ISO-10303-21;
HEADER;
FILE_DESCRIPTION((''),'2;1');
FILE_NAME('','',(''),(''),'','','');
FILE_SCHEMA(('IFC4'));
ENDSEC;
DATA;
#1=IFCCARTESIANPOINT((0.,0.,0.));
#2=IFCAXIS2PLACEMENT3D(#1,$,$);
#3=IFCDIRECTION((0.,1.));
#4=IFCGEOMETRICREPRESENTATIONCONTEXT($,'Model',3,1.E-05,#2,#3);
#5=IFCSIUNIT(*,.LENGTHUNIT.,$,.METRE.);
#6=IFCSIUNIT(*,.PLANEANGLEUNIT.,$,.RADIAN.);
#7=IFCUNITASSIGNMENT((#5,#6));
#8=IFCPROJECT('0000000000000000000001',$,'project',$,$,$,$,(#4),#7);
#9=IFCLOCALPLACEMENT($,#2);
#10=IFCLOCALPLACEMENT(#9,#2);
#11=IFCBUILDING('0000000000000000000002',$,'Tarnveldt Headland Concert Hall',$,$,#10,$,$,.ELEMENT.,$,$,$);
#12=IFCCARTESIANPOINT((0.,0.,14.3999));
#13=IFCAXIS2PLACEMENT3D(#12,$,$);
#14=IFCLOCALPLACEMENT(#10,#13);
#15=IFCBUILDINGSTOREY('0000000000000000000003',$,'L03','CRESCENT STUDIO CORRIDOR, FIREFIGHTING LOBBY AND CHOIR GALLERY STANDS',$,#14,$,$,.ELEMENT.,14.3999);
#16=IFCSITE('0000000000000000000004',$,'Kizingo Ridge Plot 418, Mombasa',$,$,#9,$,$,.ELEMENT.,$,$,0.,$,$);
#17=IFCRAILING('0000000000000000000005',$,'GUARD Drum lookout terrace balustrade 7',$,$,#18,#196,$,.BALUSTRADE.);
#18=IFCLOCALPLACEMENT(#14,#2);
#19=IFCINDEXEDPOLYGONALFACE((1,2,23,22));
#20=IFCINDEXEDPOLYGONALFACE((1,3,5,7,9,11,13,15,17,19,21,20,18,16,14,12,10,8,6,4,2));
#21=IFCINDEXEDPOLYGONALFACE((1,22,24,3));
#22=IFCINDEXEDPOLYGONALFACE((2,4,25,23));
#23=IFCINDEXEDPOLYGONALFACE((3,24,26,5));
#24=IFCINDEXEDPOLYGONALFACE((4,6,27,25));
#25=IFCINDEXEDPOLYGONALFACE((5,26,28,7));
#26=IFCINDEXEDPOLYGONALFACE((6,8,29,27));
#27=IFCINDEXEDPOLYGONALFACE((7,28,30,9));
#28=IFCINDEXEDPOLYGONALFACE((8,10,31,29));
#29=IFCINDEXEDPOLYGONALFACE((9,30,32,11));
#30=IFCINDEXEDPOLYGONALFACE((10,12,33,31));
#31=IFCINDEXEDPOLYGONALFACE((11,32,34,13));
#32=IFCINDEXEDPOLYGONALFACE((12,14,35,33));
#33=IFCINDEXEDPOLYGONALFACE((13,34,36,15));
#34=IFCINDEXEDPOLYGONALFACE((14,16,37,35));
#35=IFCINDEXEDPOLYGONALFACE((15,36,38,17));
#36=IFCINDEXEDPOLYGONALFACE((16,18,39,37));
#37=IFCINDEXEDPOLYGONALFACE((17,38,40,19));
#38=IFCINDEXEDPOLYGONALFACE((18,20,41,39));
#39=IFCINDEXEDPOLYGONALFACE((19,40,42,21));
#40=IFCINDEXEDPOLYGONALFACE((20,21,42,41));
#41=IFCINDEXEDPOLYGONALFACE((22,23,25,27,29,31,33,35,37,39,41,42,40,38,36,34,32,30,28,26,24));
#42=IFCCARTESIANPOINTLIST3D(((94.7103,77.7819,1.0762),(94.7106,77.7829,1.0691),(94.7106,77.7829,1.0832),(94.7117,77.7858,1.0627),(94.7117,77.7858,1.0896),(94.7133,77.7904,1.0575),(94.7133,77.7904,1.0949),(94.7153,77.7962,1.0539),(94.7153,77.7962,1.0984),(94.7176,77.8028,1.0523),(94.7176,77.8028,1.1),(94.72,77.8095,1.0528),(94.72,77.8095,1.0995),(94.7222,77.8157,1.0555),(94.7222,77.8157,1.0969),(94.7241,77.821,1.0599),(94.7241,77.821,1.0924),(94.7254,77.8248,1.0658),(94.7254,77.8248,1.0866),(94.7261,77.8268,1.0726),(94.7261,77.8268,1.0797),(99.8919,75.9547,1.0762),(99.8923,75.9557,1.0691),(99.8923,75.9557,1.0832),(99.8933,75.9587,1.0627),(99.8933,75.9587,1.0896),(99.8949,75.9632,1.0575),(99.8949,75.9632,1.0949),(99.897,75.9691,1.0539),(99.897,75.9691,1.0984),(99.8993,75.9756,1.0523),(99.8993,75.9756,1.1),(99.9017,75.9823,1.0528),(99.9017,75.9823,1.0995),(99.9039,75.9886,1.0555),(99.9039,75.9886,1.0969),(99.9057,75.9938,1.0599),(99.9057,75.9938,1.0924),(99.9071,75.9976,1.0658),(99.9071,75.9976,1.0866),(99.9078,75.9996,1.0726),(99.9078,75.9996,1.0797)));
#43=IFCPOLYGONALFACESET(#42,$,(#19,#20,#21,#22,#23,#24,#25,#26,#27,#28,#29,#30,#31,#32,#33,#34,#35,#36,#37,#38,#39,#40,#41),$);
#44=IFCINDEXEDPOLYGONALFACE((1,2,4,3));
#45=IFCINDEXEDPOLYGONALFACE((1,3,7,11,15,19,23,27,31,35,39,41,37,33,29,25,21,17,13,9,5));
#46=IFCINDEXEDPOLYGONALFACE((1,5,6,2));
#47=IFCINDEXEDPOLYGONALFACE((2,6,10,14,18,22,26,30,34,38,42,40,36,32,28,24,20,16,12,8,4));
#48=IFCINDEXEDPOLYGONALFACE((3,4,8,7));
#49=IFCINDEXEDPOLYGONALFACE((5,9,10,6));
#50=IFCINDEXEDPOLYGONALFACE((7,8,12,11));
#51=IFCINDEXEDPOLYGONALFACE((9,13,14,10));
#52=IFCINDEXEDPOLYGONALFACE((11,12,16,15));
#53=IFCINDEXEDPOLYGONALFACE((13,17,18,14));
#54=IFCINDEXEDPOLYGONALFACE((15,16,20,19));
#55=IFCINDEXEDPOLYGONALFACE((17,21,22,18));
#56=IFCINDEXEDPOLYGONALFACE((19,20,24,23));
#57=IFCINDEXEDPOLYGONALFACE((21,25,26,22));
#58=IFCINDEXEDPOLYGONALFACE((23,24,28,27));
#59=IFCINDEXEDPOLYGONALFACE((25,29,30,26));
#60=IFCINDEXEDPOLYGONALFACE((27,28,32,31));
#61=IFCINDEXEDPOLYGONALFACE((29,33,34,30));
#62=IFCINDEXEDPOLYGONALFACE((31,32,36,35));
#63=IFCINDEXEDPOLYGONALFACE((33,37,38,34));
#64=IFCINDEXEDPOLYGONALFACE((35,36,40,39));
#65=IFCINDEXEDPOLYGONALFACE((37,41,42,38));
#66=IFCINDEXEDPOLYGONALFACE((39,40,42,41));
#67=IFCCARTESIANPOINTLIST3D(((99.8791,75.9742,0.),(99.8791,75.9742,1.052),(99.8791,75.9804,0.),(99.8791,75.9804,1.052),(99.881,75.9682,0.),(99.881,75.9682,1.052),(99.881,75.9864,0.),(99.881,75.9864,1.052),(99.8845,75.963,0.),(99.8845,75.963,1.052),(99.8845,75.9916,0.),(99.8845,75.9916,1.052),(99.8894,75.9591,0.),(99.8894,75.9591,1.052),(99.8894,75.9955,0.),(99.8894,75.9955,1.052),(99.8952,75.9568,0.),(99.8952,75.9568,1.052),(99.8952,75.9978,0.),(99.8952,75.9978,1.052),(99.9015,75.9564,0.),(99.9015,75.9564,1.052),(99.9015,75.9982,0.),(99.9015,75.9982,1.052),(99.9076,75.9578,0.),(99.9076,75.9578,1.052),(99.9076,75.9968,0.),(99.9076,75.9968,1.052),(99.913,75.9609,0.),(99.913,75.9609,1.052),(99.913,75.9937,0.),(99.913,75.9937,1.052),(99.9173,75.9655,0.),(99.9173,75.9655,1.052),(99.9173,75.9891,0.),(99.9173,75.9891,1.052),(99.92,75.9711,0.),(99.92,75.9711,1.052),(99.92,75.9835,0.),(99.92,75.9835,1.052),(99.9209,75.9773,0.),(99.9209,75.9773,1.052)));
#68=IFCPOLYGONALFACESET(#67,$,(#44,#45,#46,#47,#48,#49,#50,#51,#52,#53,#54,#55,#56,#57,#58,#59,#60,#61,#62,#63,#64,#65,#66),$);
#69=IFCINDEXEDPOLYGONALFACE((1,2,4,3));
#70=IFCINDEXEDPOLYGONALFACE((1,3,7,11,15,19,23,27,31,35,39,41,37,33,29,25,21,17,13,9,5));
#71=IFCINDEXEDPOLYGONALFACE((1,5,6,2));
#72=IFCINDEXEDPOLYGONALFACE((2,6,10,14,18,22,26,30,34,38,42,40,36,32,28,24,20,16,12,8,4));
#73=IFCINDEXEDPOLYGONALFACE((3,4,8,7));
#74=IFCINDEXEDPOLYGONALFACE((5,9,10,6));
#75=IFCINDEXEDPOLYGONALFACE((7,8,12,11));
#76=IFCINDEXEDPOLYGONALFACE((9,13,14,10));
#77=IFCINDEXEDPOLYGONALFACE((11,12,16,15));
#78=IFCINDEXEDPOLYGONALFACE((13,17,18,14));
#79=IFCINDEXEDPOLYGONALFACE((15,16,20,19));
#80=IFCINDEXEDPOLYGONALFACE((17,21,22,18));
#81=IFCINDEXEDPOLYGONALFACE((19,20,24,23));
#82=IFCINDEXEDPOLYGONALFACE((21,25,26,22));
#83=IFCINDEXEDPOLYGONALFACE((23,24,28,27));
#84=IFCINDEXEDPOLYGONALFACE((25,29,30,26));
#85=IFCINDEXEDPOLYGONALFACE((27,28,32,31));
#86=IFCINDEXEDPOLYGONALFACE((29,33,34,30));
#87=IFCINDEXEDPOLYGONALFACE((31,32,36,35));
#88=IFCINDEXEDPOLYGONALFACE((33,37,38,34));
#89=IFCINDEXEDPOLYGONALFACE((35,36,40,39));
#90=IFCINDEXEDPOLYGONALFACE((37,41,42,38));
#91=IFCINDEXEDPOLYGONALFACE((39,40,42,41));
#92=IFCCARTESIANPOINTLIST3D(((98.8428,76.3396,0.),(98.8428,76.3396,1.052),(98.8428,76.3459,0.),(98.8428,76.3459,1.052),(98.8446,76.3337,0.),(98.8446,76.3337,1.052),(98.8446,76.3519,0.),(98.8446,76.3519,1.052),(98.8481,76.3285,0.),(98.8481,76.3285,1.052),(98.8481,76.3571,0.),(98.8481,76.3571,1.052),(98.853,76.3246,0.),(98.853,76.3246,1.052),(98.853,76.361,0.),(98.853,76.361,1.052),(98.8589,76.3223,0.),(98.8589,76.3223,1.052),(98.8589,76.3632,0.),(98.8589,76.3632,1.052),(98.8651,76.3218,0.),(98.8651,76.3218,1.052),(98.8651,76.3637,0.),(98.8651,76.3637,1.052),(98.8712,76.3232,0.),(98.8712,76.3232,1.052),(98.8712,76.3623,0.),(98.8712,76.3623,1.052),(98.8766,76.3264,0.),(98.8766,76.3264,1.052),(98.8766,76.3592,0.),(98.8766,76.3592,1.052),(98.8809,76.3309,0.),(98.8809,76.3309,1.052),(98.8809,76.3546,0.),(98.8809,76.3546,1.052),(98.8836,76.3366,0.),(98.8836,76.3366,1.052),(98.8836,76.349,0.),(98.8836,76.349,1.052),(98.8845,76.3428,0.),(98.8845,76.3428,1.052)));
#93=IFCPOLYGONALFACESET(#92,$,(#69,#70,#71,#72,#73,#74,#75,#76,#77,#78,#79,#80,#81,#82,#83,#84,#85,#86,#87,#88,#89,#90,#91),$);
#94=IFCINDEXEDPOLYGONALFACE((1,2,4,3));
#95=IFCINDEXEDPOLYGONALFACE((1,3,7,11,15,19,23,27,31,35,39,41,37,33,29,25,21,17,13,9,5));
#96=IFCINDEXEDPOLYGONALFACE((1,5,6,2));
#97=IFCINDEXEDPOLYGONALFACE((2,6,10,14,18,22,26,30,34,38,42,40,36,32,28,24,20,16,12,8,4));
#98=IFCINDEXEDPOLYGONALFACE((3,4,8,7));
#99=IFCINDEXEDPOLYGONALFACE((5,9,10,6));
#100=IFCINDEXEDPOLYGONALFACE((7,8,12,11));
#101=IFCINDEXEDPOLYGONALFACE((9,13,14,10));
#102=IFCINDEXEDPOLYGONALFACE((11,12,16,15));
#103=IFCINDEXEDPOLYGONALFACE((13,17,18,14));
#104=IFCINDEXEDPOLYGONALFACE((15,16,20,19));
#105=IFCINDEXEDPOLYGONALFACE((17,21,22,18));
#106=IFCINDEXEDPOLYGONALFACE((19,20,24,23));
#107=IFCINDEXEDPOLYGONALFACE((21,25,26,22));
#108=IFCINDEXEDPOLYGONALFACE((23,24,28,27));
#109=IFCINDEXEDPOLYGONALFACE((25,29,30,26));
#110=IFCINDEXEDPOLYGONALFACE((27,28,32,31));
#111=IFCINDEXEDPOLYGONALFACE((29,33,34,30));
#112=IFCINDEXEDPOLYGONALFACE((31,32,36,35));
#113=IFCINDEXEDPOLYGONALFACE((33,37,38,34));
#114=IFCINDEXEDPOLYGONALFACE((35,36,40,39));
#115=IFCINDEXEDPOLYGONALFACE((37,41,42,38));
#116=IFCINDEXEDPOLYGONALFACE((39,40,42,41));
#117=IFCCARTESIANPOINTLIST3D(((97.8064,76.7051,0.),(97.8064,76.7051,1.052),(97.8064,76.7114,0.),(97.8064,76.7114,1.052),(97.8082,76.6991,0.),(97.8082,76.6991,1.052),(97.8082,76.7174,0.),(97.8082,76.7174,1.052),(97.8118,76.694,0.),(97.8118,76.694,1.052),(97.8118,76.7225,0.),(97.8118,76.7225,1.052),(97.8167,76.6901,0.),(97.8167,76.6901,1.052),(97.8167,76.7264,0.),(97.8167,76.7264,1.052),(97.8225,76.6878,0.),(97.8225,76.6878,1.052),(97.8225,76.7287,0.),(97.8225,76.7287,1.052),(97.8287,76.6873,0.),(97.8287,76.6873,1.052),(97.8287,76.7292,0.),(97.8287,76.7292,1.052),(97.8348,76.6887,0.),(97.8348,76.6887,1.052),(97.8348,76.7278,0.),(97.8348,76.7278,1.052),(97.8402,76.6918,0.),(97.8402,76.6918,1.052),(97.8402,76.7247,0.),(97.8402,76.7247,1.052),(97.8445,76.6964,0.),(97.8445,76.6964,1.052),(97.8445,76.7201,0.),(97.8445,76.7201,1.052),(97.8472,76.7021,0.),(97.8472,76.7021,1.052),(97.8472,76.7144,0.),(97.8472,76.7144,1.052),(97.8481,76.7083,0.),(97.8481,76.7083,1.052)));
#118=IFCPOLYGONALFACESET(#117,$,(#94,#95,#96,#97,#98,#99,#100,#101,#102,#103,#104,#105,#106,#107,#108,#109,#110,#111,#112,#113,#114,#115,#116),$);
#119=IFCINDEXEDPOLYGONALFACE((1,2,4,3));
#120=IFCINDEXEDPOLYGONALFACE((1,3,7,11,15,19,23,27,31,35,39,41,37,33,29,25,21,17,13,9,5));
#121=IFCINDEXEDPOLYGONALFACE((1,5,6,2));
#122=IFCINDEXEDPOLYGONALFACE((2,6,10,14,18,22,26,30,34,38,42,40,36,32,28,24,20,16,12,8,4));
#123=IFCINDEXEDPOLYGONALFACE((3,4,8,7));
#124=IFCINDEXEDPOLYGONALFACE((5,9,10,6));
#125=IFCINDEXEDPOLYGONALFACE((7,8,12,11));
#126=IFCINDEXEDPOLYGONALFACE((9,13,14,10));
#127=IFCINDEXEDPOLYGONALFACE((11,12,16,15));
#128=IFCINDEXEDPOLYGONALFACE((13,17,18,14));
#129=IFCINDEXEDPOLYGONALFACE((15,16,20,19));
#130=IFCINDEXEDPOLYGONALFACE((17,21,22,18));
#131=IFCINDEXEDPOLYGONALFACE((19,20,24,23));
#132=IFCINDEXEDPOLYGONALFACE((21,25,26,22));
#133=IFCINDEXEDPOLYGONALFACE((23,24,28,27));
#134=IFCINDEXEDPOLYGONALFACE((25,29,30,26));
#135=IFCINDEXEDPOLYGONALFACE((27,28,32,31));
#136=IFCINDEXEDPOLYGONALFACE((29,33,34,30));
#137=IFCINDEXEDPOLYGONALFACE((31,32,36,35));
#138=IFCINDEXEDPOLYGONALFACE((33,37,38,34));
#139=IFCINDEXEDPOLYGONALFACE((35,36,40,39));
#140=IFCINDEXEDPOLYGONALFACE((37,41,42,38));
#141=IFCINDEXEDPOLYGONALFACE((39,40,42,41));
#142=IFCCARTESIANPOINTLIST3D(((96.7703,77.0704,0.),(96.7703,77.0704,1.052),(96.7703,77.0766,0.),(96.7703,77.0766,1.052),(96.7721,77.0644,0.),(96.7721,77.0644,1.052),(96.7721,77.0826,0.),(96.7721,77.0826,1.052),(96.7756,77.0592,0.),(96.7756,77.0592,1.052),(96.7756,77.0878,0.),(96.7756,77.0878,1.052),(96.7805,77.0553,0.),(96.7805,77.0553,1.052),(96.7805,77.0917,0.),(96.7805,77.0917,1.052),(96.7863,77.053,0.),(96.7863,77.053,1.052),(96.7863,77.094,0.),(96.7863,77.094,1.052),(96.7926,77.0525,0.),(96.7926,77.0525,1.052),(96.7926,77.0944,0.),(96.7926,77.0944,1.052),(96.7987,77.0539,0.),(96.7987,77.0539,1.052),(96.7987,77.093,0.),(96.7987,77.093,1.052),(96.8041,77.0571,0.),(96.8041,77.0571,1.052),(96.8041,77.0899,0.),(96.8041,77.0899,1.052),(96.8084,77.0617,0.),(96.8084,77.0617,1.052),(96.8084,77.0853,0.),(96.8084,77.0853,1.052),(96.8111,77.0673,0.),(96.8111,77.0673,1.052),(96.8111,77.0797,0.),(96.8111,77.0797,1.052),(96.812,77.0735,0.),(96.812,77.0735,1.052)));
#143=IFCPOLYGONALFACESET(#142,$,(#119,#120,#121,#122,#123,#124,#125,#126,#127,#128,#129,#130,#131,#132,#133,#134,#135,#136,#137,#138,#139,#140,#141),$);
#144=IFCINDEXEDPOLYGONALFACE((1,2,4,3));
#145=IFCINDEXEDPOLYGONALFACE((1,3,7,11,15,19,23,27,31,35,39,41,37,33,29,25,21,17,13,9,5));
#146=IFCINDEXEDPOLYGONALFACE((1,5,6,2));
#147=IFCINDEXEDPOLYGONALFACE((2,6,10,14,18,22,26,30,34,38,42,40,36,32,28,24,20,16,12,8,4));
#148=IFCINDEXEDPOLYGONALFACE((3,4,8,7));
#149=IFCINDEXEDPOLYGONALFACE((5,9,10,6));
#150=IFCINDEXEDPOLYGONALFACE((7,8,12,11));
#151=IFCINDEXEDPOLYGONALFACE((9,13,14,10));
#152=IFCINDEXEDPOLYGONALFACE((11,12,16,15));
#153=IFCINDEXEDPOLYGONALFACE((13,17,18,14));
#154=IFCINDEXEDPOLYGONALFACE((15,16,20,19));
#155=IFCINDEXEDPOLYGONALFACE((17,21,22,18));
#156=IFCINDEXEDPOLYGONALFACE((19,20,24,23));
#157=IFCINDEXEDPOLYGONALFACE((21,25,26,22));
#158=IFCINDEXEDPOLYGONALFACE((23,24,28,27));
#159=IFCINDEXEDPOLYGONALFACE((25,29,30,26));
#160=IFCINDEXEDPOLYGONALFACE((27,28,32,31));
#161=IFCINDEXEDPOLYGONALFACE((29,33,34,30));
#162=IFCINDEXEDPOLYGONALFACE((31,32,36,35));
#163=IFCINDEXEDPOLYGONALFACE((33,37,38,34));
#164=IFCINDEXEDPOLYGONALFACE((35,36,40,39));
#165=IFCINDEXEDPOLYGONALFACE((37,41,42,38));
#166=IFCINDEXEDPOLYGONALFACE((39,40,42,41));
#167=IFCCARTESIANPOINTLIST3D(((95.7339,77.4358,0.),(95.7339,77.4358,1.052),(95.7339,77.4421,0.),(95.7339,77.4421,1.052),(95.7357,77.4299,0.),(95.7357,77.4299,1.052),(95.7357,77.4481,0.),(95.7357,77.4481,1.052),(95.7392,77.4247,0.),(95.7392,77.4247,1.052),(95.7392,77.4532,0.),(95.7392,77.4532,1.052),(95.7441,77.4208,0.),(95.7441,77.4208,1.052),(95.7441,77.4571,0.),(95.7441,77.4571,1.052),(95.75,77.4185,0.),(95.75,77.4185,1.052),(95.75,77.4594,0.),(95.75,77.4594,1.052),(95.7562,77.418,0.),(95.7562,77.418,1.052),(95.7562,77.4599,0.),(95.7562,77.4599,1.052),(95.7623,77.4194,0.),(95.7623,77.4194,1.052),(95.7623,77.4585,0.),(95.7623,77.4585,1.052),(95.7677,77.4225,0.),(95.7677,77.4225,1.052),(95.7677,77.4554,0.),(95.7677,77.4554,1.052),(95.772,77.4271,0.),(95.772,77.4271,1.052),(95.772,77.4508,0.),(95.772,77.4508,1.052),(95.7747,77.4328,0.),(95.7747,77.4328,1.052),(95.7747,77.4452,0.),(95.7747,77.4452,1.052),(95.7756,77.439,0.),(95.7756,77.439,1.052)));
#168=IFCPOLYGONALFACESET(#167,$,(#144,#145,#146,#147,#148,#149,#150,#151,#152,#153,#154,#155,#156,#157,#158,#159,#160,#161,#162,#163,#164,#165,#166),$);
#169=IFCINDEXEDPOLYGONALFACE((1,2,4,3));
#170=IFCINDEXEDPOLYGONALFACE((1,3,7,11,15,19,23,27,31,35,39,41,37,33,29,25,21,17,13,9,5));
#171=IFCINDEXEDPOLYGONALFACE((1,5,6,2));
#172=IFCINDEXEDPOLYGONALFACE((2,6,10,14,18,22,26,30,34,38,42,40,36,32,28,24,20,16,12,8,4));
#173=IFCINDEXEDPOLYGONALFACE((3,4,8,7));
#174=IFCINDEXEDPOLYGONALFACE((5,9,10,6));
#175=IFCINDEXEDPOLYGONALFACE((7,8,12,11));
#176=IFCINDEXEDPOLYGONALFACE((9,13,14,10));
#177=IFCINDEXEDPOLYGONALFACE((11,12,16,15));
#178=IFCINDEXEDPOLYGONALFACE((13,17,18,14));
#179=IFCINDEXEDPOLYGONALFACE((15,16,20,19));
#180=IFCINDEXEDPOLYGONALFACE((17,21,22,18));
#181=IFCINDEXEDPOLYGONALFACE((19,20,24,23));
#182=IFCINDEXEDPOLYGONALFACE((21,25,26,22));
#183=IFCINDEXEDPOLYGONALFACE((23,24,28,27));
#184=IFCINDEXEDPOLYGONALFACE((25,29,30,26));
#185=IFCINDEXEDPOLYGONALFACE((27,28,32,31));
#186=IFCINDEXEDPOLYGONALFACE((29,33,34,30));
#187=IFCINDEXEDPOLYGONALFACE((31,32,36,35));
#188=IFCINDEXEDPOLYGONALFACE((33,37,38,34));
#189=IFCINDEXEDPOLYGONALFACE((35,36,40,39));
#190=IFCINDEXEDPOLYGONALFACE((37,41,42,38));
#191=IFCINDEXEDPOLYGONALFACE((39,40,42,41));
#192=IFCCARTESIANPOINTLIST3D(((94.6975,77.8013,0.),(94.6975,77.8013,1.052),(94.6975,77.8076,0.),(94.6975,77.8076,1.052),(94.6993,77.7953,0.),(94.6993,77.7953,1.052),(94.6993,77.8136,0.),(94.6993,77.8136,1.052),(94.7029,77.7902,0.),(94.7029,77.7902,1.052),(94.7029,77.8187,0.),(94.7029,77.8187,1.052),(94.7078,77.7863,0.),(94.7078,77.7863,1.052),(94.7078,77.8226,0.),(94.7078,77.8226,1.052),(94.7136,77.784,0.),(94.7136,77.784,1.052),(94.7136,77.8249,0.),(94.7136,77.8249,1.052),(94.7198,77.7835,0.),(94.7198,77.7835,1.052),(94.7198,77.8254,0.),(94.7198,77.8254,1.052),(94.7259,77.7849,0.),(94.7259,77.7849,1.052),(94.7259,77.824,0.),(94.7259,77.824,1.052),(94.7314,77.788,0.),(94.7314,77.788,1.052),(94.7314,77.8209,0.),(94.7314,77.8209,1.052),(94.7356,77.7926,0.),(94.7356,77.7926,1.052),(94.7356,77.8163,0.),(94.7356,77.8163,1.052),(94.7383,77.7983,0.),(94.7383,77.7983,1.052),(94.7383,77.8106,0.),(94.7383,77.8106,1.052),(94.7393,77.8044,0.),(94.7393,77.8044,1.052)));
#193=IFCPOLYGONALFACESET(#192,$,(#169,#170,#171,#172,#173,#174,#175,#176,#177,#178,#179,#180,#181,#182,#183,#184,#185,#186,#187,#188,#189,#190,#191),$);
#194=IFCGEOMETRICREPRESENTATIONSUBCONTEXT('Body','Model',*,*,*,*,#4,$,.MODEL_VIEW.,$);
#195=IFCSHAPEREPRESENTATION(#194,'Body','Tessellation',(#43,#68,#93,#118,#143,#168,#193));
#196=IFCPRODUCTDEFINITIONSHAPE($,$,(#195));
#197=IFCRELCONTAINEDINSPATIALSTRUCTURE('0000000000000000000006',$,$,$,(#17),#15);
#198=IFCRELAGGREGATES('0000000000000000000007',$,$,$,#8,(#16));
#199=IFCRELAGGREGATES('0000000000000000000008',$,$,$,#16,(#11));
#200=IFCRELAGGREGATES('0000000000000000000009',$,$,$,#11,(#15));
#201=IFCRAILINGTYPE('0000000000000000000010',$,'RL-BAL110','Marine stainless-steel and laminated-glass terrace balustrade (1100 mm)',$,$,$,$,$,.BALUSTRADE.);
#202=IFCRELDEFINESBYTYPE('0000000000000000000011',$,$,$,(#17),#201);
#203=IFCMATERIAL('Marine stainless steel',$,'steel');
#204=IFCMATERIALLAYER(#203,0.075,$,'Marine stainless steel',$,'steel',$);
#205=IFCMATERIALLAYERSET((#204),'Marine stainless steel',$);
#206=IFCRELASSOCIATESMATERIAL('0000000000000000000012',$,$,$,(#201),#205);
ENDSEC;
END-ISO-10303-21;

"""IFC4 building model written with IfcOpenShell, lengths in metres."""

from ifc_helpers import new_model, si_unit, direction, frame, origin, origin_2d, place, context, subcontext, project, spatial, circle, extrude, material, layer, layer_set, type_object, element, save


model = new_model("IFC4")

# Units and contexts
model_context = context("Model", 3, precision=1e-05, world=origin(), true_north=direction((0.0, 1.0)))
body_context = subcontext(model_context, "Body", "Model", "MODEL_VIEW")
ifc_project = project(units=[si_unit("LENGTHUNIT", "METRE"), si_unit("PLANEANGLEUNIT", "RADIAN")], contexts=[model_context])

# Site, building, storey
site_placement = place(None, origin())
site = spatial("IfcSite", under=ifc_project, at=site_placement, Name="Kizingo Ridge Plot 418, Mombasa", CompositionType="ELEMENT", RefElevation=0.0)
building_placement = place(site_placement, origin())
building = spatial("IfcBuilding", under=site, at=building_placement, Name="Tarnveldt Headland Concert Hall", CompositionType="ELEMENT")
storey_placement = place(building_placement, frame((0.0, 0.0, 14.3999)))
storey = spatial("IfcBuildingStorey", under=building, at=storey_placement, Name="L03", Description="CRESCENT STUDIO CORRIDOR, FIREFIGHTING LOBBY AND CHOIR GALLERY STANDS", CompositionType="ELEMENT", Elevation=14.3999)

# Railing
ifc_material_1 = material(Name="Marine stainless steel", Category="steel")
ifc_layer_1 = layer(ifc_material_1, 0.075, Name="Marine stainless steel", Category="steel")
ifc_layer_set_1 = layer_set([ifc_layer_1], Name="Marine stainless steel")
railing_type_1 = type_object("IfcRailingType", Name="RL-BAL110", Description="Marine stainless-steel and laminated-glass terrace balustrade (1100 mm)", PredefinedType="BALUSTRADE", material=ifc_layer_set_1)
railing_1_placement = place(storey_placement, frame((99.8999, 75.9773, 0.0)))
element("IfcRailing", 1, at=railing_1_placement, inside=storey, type_object=railing_type_1, Name="GUARD Drum lookout terrace balustrade 7", PredefinedType="BALUSTRADE", context=body_context, shape_type="SweptSolid", body=[
    extrude(circle(Radius=0.0239, at=origin_2d()), frame((0.0, 0.0, 1.0762), z_axis=(-0.943085, 0.33255, 0.0), x_axis=(-0.33255, -0.943085, 0.0)), (0.0, 0.0, 1.0), 5.4944),
    extrude(circle(Radius=0.021, at=origin_2d()), origin(), (0.0, 0.0, 1.0), 1.052),
    extrude(circle(Radius=0.021, at=origin_2d()), frame((-1.0364, 0.3655, 0.0)), (0.0, 0.0, 1.0), 1.052),
    extrude(circle(Radius=0.021, at=origin_2d()), frame((-2.0728, 0.731, 0.0)), (0.0, 0.0, 1.0), 1.052),
    extrude(circle(Radius=0.021, at=origin_2d()), frame((-3.1089, 1.0962, 0.0)), (0.0, 0.0, 1.0), 1.052),
    extrude(circle(Radius=0.021, at=origin_2d()), frame((-4.1453, 1.4617, 0.0)), (0.0, 0.0, 1.0), 1.052),
    extrude(circle(Radius=0.021, at=origin_2d()), frame((-5.1816, 1.8271, 0.0)), (0.0, 0.0, 1.0), 1.052),
])

save(model, "model.ifc")
